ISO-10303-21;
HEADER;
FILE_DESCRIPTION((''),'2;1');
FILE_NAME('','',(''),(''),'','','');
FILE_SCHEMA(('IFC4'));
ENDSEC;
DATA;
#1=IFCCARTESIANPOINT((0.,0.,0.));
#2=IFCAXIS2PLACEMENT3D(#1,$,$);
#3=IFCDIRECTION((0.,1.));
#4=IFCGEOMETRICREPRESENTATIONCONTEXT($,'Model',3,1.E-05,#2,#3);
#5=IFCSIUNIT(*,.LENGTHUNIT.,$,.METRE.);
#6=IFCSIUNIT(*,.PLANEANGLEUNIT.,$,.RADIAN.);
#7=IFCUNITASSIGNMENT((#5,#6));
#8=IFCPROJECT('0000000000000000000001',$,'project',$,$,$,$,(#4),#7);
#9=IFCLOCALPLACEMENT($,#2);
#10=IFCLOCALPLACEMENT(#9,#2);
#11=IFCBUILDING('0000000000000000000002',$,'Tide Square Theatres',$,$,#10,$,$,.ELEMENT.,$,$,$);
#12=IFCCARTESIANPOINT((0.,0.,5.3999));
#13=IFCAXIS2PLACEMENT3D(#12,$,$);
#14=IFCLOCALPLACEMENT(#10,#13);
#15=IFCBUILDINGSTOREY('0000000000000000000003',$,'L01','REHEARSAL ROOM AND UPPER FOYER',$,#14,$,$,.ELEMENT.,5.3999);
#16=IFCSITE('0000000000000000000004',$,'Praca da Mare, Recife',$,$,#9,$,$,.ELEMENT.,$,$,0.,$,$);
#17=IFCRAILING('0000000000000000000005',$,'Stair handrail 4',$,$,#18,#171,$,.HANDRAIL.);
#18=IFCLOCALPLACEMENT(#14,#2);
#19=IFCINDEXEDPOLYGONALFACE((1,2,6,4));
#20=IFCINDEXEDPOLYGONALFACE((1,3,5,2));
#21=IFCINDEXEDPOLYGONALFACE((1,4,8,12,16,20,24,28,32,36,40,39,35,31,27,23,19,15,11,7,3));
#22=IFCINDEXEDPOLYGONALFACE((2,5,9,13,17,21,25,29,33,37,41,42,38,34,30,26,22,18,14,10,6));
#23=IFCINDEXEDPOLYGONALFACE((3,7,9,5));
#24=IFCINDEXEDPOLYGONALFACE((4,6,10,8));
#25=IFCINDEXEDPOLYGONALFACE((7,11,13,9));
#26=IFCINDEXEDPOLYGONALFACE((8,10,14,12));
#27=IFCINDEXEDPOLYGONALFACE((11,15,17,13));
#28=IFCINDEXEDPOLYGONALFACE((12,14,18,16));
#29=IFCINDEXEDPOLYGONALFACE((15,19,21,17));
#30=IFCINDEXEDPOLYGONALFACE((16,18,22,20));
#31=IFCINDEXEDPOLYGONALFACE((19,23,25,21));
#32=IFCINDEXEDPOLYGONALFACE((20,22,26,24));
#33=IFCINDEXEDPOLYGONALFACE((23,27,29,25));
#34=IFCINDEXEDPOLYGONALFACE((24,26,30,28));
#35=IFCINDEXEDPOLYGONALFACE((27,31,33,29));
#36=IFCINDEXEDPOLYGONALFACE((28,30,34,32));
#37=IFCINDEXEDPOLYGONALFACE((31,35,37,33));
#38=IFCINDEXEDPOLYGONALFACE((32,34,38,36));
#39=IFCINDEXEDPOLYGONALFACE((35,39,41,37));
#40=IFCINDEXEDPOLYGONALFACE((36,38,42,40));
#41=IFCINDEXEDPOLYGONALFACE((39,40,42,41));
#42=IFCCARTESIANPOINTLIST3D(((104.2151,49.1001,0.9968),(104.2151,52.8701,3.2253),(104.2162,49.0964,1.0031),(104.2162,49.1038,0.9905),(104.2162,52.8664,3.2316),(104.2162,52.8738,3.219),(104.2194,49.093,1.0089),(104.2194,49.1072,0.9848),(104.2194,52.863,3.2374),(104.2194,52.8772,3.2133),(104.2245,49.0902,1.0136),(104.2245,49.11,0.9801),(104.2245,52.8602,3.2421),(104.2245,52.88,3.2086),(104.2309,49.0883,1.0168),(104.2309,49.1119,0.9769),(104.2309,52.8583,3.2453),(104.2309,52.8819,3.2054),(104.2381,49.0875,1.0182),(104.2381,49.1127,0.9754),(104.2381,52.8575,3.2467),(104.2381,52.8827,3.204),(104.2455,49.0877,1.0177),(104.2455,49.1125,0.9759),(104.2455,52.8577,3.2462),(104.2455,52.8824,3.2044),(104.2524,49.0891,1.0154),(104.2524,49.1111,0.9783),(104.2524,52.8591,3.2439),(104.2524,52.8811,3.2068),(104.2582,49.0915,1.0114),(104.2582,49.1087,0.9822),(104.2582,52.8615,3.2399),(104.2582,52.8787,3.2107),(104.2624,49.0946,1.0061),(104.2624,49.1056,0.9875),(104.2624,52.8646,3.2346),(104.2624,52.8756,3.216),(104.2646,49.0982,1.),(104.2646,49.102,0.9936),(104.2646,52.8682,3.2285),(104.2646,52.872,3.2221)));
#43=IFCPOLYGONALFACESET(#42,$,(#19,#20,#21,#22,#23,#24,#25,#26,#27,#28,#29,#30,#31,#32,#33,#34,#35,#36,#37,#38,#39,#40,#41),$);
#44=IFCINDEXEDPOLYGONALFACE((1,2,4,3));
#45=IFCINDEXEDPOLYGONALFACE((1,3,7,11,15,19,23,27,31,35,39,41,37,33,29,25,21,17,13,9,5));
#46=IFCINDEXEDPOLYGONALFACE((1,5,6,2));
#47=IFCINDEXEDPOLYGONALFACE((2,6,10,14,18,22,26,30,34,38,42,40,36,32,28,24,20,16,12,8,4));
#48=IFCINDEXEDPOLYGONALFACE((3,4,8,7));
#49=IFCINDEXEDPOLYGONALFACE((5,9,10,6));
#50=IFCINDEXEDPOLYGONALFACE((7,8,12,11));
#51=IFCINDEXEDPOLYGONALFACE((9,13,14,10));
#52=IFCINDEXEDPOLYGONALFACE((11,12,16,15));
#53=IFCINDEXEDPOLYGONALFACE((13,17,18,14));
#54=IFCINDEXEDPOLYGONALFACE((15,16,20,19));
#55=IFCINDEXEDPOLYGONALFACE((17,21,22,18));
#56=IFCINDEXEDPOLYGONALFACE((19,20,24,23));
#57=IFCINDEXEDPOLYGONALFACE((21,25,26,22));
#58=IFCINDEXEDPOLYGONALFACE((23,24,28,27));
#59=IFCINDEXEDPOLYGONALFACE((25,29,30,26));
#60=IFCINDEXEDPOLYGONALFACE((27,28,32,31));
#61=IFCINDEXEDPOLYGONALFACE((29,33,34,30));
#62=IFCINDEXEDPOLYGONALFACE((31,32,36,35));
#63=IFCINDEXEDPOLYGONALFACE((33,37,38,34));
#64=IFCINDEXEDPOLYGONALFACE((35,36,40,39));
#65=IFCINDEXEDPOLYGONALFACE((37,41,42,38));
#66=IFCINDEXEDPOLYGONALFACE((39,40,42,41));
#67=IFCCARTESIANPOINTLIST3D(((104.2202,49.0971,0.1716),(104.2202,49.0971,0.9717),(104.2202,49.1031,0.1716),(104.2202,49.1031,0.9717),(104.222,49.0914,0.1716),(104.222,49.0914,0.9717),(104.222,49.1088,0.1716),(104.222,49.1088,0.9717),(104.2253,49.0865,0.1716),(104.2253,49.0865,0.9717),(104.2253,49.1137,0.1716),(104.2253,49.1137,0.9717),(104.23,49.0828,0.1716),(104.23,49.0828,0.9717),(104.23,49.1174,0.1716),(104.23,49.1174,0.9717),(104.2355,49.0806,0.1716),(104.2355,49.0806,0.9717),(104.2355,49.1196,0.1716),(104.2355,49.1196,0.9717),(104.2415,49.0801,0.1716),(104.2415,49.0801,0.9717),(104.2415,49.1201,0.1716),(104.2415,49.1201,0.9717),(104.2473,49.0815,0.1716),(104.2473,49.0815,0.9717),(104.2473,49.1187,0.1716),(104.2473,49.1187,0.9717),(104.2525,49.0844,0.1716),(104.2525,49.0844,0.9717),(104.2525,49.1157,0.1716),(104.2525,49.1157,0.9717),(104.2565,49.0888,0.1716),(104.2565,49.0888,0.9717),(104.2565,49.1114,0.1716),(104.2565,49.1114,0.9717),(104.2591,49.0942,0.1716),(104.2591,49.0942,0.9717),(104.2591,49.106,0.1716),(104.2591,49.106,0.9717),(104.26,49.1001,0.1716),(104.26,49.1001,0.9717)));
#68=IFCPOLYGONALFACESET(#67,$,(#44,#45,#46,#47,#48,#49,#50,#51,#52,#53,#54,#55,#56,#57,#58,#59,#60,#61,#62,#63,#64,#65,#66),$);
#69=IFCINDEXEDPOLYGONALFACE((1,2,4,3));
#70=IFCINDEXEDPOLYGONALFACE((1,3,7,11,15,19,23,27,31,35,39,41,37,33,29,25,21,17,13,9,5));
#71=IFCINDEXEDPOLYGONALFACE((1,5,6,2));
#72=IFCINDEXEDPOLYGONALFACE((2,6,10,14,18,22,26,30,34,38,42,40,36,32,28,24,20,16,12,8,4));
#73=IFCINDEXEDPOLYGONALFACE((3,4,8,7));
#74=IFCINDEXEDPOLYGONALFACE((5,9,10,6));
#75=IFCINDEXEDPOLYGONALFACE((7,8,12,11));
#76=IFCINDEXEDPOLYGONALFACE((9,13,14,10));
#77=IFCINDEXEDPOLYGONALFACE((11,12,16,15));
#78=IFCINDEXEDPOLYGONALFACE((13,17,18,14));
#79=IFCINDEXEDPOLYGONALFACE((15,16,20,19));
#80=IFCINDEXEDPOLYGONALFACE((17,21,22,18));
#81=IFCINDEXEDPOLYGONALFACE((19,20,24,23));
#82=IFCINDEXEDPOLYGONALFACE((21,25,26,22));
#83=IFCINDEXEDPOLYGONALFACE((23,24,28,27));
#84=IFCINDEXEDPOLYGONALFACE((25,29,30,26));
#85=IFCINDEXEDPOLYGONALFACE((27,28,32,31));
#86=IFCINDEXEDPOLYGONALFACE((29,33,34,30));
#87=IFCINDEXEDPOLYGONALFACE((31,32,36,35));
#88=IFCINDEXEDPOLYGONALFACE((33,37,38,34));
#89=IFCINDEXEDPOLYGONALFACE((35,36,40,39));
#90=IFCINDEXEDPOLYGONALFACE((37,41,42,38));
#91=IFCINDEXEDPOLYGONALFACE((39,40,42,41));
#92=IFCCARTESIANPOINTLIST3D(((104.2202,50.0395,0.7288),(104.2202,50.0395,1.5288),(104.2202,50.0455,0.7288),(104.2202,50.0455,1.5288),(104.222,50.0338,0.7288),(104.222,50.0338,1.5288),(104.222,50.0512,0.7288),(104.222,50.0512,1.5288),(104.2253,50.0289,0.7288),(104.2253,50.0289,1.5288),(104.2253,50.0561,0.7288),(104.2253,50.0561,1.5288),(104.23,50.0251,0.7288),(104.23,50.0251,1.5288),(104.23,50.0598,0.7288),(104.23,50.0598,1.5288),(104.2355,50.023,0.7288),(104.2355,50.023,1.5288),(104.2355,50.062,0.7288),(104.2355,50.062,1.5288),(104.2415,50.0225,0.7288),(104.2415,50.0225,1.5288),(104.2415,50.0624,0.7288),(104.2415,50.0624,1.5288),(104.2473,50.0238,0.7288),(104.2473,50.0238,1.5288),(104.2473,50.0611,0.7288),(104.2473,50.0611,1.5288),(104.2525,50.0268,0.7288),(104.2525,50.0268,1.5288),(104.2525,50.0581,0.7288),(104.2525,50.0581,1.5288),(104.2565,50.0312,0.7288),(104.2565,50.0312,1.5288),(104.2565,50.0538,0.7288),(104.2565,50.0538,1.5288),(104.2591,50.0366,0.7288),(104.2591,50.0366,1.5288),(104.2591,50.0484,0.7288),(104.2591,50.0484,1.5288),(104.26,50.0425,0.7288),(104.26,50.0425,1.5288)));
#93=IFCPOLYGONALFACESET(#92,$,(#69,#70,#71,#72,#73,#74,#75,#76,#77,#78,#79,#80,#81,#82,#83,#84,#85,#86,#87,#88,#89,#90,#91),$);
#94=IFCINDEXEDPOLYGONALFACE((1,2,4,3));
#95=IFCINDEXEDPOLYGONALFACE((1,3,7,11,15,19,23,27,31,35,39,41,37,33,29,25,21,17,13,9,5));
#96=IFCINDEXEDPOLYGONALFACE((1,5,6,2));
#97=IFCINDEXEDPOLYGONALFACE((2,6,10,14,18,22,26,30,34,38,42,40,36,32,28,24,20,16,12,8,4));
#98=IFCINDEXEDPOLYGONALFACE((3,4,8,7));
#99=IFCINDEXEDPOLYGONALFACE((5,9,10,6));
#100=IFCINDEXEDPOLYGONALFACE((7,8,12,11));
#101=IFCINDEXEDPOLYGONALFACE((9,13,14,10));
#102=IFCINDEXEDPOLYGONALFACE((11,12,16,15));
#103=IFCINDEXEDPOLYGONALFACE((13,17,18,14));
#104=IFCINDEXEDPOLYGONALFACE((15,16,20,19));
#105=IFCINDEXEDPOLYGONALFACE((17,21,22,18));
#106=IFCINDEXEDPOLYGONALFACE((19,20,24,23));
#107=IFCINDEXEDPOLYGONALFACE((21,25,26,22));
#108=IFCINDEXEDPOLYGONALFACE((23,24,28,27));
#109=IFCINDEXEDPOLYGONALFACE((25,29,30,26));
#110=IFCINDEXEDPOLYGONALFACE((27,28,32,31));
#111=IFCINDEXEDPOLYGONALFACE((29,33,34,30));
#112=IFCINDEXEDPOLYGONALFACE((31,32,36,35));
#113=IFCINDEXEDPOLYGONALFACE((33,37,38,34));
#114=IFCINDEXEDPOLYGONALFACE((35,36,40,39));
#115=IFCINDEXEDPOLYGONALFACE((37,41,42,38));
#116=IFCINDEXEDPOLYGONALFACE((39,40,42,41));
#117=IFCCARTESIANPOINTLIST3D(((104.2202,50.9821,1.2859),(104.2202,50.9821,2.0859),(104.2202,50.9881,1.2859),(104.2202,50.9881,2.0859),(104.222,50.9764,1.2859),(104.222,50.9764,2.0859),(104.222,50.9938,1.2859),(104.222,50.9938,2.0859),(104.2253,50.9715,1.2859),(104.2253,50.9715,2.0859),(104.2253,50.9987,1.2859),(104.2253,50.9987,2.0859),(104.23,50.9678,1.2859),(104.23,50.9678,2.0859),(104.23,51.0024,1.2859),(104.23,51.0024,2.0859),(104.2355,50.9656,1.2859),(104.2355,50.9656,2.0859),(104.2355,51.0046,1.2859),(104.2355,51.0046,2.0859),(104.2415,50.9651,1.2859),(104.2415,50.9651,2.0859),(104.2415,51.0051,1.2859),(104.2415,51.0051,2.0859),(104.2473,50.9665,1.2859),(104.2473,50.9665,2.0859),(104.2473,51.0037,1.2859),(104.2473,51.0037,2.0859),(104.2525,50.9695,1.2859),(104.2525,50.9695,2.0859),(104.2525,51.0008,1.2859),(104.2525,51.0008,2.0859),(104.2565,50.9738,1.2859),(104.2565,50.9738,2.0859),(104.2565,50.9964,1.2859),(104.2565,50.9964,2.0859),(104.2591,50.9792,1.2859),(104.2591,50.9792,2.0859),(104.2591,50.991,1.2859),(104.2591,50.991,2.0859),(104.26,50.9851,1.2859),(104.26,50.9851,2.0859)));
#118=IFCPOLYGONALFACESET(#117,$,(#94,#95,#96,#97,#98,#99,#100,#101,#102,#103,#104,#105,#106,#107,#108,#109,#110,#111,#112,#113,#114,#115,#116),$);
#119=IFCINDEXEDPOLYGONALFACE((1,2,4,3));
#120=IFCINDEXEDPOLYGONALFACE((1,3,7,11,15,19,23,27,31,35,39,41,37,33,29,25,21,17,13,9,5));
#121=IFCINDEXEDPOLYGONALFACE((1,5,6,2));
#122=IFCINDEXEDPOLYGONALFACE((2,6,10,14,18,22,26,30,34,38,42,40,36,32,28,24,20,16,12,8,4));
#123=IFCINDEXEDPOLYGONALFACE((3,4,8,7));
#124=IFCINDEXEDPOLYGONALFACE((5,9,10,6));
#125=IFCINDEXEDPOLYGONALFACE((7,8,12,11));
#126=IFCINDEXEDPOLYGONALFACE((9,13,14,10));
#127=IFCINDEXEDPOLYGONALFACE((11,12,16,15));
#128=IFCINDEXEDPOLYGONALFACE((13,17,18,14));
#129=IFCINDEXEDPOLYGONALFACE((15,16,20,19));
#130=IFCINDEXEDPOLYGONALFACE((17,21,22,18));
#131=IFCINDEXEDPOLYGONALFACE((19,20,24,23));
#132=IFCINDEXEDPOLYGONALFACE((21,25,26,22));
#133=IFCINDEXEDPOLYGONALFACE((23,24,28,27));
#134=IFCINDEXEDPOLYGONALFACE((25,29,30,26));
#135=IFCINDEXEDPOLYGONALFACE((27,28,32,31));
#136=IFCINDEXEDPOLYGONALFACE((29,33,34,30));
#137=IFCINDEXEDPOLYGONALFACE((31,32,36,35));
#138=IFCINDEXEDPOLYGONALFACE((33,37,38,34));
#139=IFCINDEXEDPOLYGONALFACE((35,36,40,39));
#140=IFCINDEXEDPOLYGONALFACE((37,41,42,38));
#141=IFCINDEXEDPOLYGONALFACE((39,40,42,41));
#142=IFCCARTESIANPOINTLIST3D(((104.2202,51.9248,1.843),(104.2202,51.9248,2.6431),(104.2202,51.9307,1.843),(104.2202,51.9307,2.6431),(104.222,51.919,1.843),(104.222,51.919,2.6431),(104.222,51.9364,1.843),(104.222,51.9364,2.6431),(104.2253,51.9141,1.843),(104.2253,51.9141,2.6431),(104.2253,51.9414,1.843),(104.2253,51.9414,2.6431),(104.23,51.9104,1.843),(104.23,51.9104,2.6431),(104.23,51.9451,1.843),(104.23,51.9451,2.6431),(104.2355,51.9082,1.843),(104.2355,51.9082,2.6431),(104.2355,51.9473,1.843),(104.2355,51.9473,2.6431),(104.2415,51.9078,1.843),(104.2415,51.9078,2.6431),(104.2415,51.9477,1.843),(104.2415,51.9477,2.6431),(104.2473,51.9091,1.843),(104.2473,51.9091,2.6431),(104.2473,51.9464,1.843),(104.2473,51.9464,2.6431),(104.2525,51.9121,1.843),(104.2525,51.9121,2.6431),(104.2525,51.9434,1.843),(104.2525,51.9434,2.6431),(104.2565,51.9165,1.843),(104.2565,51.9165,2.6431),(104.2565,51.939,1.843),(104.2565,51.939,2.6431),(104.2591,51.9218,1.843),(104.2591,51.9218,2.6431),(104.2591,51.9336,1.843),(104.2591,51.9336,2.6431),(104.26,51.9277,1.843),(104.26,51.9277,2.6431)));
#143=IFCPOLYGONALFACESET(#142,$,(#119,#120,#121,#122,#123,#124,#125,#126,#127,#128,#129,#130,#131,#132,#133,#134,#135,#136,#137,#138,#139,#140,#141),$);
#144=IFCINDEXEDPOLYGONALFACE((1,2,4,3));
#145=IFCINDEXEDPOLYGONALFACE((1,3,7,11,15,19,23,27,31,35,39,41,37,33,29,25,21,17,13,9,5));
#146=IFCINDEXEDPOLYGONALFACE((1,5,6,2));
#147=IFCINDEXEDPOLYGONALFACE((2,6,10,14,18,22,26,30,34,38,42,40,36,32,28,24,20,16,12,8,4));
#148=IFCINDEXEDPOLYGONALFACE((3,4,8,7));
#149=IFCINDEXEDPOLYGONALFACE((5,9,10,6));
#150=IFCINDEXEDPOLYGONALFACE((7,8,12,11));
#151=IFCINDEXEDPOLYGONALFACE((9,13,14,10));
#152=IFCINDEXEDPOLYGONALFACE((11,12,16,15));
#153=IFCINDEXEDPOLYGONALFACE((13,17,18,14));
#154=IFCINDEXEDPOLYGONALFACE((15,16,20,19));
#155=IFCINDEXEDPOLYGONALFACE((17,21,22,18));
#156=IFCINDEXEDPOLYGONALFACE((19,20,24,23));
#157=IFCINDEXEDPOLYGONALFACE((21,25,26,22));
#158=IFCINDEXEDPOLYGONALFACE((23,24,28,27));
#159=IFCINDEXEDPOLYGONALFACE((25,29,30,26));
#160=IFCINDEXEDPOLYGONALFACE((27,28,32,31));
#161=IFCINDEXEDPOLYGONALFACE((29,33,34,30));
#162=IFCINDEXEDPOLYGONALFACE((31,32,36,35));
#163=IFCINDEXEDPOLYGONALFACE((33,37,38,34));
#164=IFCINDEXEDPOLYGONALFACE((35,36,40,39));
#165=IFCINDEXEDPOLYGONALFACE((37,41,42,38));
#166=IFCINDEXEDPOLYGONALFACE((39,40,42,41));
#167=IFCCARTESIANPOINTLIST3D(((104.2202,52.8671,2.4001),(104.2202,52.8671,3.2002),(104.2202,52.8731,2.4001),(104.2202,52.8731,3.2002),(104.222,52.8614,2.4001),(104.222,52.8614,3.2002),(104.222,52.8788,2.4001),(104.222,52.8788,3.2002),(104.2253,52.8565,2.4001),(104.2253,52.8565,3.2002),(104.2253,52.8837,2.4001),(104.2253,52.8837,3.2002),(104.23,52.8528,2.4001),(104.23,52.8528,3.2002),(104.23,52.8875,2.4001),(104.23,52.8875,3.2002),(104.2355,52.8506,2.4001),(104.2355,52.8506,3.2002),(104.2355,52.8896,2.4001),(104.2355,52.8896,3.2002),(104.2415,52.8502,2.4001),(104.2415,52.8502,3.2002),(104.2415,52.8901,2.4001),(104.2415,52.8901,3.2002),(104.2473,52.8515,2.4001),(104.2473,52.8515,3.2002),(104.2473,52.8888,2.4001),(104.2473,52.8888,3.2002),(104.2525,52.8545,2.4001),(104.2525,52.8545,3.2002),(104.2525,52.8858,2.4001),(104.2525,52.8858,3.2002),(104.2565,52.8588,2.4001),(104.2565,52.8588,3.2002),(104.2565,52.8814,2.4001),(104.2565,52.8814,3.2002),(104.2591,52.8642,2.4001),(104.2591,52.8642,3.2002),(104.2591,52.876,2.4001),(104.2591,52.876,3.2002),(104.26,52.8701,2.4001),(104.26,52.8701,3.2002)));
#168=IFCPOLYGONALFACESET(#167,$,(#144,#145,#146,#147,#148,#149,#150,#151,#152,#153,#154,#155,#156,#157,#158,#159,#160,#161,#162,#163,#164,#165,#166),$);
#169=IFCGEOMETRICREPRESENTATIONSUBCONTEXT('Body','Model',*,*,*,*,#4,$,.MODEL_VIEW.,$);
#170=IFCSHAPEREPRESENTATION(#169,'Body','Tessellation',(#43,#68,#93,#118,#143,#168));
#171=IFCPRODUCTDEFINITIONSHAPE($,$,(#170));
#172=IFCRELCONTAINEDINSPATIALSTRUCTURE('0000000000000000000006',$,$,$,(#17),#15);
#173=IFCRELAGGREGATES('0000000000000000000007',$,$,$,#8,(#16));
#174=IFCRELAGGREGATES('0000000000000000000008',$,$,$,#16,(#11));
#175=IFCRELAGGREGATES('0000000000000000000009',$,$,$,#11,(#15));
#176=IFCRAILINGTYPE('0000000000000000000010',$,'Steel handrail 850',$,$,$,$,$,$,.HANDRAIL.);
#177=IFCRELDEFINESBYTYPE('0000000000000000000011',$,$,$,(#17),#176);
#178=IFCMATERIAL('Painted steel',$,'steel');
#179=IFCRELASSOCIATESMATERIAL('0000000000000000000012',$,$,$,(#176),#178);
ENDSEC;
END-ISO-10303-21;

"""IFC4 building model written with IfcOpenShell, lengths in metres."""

from ifc_helpers import new_model, si_unit, direction, frame, origin, origin_2d, place, context, subcontext, project, spatial, circle, extrude, material, type_object, element, save


model = new_model("IFC4")

# Units and contexts
model_context = context("Model", 3, precision=1e-05, world=origin(), true_north=direction((0.0, 1.0)))
body_context = subcontext(model_context, "Body", "Model", "MODEL_VIEW")
ifc_project = project(units=[si_unit("LENGTHUNIT", "METRE"), si_unit("PLANEANGLEUNIT", "RADIAN")], contexts=[model_context])

# Site, building, storey
site_placement = place(None, origin())
site = spatial("IfcSite", under=ifc_project, at=site_placement, Name="Praca da Mare, Recife", CompositionType="ELEMENT", RefElevation=0.0)
building_placement = place(site_placement, origin())
building = spatial("IfcBuilding", under=site, at=building_placement, Name="Tide Square Theatres", CompositionType="ELEMENT")
storey_placement = place(building_placement, frame((0.0, 0.0, 5.3999)))
storey = spatial("IfcBuildingStorey", under=building, at=storey_placement, Name="L01", Description="REHEARSAL ROOM AND UPPER FOYER", CompositionType="ELEMENT", Elevation=5.3999)

# Railing
ifc_material_1 = material(Name="Painted steel", Category="steel")
railing_type = type_object("IfcRailingType", Name="Steel handrail 850", PredefinedType="HANDRAIL", material=ifc_material_1)
for number, where, name in (
    (1, (104.24, 49.1001, 0.1716), "Stair handrail 4"),
):
    element("IfcRailing", number, at=place(storey_placement, frame(where)), inside=storey, type_object=railing_type, Name=name, PredefinedType="HANDRAIL", context=body_context, shape_type="SweptSolid", body=[
        extrude(circle(Radius=0.0249, at=origin_2d()), frame((0.0, 0.0, 0.8252), z_axis=(0.0, 0.860849, 0.508861), x_axis=(-1.0, 0.0, 0.0)), (0.0, 0.0, 1.0), 4.3794),
        extrude(circle(Radius=0.02, at=origin_2d()), origin(), (0.0, 0.0, 1.0), 0.8),
        extrude(circle(Radius=0.02, at=origin_2d()), frame((0.0, 0.9424, 0.5571)), (0.0, 0.0, 1.0), 0.8),
        extrude(circle(Radius=0.02, at=origin_2d()), frame((0.0, 1.885, 1.1143)), (0.0, 0.0, 1.0), 0.8),
        extrude(circle(Radius=0.02, at=origin_2d()), frame((0.0, 2.8276, 1.6714)), (0.0, 0.0, 1.0), 0.8),
        extrude(circle(Radius=0.02, at=origin_2d()), frame((0.0, 3.77, 2.2285)), (0.0, 0.0, 1.0), 0.8),
    ])

save(model, "model.ifc")
